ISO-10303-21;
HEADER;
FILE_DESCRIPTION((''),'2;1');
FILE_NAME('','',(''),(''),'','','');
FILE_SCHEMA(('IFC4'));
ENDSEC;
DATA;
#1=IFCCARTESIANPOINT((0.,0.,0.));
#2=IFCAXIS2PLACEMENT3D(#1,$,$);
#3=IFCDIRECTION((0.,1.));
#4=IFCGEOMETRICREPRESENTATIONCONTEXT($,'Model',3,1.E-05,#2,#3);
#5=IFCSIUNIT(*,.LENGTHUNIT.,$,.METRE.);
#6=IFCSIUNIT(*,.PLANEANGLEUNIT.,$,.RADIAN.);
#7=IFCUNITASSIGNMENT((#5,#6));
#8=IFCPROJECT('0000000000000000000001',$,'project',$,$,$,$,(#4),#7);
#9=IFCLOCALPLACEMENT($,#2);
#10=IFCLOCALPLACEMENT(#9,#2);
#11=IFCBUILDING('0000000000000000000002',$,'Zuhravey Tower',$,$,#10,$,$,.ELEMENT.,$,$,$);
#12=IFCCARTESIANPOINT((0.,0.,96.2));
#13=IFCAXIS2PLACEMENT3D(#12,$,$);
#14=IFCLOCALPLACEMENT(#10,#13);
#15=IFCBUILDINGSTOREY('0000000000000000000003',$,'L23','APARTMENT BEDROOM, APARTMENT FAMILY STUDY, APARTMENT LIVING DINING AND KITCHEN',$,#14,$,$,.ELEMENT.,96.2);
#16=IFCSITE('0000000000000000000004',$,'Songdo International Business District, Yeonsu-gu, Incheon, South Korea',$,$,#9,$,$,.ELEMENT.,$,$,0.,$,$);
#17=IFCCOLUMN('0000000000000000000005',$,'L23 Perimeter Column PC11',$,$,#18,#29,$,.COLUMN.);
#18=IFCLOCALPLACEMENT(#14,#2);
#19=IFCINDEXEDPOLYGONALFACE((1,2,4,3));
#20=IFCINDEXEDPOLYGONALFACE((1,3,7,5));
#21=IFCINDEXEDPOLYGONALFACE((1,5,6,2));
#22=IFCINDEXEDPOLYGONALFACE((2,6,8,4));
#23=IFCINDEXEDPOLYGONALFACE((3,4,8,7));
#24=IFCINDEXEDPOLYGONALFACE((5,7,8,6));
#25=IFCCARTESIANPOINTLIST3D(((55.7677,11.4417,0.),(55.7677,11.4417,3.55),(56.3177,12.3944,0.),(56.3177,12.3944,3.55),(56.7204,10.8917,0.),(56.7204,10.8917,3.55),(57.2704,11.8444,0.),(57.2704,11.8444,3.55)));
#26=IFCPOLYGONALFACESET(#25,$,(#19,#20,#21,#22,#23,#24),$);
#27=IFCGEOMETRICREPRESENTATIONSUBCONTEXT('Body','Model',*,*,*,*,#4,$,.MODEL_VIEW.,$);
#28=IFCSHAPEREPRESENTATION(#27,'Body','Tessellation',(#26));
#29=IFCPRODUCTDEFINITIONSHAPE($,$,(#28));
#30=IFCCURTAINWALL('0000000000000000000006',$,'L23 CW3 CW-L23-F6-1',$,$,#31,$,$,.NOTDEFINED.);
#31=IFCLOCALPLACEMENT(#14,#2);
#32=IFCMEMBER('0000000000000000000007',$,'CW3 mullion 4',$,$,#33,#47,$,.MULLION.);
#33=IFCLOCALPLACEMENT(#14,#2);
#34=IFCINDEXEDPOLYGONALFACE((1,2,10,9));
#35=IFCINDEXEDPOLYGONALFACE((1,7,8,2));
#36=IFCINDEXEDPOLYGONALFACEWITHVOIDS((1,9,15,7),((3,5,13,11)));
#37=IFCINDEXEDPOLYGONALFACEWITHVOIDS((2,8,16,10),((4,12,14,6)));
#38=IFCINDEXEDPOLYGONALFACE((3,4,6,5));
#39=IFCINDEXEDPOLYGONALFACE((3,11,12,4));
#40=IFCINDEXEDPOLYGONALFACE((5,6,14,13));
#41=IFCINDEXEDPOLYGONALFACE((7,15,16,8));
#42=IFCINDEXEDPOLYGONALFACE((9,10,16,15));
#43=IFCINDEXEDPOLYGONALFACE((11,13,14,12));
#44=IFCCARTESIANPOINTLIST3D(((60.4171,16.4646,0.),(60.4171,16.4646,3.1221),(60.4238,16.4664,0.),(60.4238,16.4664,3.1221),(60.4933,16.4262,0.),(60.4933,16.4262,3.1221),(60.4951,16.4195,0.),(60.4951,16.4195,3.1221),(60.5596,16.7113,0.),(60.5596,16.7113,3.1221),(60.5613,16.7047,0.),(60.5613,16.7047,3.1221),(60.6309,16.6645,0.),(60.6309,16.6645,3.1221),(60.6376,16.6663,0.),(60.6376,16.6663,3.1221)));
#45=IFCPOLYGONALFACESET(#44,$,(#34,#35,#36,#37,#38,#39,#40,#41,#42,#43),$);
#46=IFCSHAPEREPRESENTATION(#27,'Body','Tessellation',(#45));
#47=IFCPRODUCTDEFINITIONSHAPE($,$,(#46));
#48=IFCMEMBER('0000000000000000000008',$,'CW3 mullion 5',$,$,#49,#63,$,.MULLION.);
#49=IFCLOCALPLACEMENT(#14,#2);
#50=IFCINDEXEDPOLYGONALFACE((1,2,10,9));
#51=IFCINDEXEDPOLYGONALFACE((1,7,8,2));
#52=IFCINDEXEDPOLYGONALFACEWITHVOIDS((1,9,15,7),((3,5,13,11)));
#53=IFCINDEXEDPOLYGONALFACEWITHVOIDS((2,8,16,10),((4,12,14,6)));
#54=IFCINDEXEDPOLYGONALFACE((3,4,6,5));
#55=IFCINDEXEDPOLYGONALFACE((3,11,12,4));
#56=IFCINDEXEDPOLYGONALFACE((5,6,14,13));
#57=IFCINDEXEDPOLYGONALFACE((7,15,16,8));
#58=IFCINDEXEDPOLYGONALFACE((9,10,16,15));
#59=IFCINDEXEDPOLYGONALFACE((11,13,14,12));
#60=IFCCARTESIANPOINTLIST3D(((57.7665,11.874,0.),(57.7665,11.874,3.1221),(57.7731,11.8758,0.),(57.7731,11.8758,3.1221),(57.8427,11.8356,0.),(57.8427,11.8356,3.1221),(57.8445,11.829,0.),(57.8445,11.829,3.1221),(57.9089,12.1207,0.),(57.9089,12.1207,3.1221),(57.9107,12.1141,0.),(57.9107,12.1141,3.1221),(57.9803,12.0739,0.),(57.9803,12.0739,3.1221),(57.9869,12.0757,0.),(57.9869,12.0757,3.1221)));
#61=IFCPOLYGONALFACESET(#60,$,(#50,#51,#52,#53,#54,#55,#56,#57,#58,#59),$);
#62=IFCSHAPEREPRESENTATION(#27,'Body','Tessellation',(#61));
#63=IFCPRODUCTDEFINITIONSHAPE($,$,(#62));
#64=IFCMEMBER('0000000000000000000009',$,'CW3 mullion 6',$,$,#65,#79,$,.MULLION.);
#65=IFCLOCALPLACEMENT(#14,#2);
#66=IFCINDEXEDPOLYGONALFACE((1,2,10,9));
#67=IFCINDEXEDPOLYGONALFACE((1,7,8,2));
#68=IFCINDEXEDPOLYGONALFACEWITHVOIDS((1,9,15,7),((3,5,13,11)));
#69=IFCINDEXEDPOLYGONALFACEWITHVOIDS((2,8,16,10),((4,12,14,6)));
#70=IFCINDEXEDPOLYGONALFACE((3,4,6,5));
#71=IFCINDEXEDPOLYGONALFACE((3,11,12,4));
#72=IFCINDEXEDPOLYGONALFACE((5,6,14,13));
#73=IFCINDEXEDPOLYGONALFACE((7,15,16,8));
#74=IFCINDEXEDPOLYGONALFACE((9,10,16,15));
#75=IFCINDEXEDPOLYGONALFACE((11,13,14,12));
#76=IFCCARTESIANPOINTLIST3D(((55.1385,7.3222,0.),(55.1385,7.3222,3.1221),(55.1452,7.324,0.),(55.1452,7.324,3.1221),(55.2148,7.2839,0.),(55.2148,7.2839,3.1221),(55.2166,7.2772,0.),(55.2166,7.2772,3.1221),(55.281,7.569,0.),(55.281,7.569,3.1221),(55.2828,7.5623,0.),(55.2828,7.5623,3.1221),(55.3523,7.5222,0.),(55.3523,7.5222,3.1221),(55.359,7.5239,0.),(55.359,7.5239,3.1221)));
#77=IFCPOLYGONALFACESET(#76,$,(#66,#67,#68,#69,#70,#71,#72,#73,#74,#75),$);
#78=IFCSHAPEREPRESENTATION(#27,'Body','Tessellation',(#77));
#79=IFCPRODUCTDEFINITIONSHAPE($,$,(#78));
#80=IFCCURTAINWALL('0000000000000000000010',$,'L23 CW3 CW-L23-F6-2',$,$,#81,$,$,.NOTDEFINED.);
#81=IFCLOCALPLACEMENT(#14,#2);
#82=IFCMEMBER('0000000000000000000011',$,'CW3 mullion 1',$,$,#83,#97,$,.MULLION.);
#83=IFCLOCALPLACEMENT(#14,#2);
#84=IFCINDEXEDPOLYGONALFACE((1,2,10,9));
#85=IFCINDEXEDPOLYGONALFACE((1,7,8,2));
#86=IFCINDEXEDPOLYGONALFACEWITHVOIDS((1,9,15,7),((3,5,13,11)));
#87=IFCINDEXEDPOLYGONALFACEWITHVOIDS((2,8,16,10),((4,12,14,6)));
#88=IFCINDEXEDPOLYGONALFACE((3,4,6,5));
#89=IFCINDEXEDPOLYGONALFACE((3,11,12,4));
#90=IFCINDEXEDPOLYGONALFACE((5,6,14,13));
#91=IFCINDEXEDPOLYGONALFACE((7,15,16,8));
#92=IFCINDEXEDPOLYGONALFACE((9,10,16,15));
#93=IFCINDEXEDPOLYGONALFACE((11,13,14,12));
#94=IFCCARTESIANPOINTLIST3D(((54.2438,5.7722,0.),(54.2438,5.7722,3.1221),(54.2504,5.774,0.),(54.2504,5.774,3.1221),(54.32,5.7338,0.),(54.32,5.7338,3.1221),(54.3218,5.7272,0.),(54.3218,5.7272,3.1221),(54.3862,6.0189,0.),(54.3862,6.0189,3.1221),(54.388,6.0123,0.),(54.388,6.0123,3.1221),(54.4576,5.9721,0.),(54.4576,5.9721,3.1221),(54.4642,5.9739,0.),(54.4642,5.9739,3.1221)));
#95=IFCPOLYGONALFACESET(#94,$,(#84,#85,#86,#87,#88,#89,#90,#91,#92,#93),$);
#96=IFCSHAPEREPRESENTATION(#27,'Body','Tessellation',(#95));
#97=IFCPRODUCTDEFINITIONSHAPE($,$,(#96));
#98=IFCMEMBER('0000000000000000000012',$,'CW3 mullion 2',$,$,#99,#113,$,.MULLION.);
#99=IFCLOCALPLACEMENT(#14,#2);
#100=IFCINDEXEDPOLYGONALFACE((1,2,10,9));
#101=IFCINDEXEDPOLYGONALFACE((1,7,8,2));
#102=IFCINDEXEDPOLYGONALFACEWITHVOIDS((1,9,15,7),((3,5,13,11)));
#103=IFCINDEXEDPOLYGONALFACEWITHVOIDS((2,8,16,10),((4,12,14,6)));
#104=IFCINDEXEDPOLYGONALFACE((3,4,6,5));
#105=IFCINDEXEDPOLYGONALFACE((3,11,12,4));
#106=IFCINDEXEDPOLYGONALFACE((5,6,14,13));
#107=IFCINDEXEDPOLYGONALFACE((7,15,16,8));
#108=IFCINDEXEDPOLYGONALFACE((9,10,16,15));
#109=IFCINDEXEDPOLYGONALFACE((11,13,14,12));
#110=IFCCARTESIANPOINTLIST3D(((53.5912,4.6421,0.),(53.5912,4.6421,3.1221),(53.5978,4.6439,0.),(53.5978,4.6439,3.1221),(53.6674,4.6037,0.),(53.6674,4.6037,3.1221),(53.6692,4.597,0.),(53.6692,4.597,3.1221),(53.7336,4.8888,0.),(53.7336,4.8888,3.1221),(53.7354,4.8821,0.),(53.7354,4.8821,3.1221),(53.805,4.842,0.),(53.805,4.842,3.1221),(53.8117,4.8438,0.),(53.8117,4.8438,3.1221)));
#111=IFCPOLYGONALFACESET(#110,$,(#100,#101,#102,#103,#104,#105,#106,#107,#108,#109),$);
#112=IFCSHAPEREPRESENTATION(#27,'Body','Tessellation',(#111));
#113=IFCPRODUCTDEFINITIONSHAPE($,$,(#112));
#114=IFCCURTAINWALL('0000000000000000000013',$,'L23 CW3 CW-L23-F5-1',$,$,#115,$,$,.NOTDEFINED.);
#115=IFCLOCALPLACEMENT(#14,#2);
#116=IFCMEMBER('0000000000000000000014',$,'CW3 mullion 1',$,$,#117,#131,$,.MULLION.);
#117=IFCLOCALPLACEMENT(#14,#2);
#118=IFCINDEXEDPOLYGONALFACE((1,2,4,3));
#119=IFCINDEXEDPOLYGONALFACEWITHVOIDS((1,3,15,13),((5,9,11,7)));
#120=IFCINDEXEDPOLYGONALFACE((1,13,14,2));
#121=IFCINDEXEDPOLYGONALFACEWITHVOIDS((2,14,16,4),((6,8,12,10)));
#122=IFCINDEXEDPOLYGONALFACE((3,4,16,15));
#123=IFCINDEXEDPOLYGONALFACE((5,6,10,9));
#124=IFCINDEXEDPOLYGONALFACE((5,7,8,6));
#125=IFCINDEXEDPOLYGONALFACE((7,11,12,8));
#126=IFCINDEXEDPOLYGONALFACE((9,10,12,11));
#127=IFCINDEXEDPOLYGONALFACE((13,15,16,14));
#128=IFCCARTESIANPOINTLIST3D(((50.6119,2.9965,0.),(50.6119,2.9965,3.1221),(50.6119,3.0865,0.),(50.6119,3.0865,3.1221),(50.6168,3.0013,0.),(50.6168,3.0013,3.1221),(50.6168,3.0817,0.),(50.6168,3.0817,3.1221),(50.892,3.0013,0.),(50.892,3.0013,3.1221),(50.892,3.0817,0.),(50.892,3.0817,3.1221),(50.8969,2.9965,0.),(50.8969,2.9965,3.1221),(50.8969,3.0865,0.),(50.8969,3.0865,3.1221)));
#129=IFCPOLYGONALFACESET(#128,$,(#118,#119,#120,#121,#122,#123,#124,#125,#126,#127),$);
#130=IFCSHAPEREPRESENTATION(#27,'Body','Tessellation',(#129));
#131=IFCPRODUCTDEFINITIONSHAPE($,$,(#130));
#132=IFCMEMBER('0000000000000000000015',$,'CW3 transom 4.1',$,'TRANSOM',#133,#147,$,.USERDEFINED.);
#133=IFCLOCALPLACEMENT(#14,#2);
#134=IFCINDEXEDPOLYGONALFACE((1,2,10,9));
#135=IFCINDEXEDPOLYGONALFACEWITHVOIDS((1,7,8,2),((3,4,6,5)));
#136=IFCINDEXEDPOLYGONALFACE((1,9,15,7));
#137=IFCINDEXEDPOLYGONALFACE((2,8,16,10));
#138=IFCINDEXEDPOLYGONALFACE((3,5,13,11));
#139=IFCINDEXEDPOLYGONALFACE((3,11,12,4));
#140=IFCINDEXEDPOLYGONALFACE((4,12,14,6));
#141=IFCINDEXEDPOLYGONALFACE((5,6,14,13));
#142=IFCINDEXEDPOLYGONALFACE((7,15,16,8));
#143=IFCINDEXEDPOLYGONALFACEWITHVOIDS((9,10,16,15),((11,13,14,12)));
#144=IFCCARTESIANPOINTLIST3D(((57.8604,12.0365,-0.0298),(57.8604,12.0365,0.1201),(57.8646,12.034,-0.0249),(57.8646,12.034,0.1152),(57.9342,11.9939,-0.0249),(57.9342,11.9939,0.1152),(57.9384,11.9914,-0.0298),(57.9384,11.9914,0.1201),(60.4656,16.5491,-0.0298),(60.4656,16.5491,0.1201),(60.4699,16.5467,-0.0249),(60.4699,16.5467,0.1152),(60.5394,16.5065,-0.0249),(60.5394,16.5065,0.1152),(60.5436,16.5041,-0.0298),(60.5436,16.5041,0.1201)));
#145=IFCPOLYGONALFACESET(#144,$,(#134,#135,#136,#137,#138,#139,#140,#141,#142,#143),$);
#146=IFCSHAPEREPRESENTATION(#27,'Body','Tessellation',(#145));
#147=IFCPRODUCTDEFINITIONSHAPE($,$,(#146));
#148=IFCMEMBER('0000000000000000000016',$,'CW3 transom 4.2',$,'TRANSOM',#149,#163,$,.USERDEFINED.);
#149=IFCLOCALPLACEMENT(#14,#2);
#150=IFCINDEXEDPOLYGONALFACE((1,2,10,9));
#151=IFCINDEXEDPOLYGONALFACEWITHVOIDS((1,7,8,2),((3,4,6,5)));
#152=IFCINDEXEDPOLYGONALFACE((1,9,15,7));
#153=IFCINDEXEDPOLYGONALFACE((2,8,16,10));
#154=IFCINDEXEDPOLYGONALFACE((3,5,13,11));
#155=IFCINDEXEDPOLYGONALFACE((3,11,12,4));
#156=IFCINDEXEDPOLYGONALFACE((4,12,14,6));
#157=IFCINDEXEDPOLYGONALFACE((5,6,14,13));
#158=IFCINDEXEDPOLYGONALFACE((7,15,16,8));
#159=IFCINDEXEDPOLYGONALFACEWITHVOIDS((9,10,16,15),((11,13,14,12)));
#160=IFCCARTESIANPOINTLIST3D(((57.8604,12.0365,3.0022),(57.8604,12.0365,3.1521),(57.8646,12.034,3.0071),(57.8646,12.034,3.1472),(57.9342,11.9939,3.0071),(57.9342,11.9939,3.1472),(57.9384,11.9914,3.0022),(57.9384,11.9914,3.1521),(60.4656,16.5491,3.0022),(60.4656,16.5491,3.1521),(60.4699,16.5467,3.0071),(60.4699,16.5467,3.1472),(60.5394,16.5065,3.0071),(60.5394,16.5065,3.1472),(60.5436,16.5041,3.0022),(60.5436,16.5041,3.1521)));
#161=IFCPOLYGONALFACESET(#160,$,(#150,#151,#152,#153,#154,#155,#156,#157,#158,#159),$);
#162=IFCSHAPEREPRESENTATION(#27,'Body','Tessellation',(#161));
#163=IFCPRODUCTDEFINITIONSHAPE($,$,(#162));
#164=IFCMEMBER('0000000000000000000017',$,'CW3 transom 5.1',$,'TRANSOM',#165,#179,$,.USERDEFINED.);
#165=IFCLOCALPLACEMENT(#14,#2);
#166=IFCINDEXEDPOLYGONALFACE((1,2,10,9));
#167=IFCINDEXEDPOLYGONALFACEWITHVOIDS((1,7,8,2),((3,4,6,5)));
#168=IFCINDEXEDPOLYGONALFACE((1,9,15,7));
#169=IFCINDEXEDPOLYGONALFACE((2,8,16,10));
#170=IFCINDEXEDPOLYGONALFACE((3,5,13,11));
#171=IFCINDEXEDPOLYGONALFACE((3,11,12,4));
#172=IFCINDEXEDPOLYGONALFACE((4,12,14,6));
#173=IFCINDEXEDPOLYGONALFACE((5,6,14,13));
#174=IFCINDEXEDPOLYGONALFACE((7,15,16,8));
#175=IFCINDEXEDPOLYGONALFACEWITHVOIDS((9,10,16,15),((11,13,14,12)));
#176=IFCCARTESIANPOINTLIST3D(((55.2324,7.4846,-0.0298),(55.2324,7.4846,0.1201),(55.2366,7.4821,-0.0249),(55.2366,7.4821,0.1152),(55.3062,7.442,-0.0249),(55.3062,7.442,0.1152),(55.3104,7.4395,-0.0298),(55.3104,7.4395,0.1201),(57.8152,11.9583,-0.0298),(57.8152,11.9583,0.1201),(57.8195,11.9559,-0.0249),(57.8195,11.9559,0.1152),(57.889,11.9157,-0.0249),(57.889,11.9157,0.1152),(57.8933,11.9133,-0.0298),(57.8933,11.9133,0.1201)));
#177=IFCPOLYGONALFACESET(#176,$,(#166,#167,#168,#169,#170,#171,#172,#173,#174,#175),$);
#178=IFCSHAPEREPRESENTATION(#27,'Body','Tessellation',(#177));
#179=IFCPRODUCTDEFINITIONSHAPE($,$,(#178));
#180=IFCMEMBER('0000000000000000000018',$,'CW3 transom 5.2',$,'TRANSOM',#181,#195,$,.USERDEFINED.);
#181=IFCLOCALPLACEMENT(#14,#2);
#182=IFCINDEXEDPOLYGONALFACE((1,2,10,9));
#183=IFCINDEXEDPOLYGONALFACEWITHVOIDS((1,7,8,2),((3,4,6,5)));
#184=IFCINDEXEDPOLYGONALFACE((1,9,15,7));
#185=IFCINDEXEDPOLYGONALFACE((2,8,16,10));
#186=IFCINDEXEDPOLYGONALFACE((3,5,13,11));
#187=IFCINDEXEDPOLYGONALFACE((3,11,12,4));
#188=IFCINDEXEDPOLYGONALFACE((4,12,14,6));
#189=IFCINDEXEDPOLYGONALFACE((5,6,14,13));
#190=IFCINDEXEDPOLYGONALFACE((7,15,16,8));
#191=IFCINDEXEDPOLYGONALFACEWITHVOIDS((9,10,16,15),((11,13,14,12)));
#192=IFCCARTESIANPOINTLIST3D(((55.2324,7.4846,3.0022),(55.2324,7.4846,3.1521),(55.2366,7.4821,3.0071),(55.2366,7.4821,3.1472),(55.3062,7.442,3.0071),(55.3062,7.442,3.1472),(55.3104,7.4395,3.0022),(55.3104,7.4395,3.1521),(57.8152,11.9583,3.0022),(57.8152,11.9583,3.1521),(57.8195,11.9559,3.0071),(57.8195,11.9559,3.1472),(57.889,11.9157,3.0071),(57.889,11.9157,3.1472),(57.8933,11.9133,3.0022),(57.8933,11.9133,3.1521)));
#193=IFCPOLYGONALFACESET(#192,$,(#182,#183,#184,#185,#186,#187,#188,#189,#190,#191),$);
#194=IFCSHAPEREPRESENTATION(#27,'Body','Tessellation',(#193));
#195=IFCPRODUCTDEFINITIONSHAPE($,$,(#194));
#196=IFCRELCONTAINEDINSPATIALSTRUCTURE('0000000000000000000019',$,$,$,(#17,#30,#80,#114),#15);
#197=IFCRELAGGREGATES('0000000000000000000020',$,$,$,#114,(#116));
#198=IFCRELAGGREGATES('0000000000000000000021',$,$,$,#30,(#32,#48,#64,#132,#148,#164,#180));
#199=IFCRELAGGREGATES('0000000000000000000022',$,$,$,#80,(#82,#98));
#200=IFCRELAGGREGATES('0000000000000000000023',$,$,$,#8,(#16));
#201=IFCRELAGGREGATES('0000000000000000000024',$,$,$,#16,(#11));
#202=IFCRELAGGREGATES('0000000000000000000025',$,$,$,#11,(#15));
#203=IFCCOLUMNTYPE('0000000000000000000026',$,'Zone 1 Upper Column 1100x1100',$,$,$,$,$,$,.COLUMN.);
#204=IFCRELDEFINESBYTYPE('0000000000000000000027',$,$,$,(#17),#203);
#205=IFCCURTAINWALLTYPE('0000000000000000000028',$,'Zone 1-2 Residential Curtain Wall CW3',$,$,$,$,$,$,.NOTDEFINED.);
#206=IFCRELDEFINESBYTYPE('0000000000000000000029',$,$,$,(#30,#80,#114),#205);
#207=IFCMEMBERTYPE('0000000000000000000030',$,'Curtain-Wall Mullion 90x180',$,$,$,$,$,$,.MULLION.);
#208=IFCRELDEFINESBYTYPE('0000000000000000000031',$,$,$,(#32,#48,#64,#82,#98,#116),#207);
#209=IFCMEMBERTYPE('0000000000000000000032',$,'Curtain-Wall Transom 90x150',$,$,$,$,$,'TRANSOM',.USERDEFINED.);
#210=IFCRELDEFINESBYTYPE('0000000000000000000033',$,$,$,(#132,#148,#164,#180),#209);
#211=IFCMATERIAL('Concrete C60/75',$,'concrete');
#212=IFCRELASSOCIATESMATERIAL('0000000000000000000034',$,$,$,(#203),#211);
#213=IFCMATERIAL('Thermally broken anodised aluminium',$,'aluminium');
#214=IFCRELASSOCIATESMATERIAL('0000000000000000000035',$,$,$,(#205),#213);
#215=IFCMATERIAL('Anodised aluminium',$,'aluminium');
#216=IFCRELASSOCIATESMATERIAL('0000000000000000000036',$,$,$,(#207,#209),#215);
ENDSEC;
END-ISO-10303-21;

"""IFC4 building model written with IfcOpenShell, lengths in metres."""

from ifc_helpers import new_model, si_unit, direction, frame, origin, origin_2d, place, context, subcontext, project, spatial, rectangle, hollow_rectangle, extrude, material, material_profile, profile_set, type_object, element, aggregate, save


model = new_model("IFC4")

# Units and contexts
model_context = context("Model", 3, precision=1e-05, world=origin(), true_north=direction((0.0, 1.0)))
body_context = subcontext(model_context, "Body", "Model", "MODEL_VIEW")
ifc_project = project(units=[si_unit("LENGTHUNIT", "METRE"), si_unit("PLANEANGLEUNIT", "RADIAN")], contexts=[model_context])

# Site, building, storey
site_placement = place(None, origin())
site = spatial("IfcSite", under=ifc_project, at=site_placement, Name="Songdo International Business District, Yeonsu-gu, Incheon, South Korea", CompositionType="ELEMENT", RefElevation=0.0)
building_placement = place(site_placement, origin())
building = spatial("IfcBuilding", under=site, at=building_placement, Name="Zuhravey Tower", CompositionType="ELEMENT")
storey_placement = place(building_placement, frame((0.0, 0.0, 96.2)))
storey = spatial("IfcBuildingStorey", under=building, at=storey_placement, Name="L23", Description="APARTMENT BEDROOM, APARTMENT FAMILY STUDY, APARTMENT LIVING DINING AND KITCHEN", CompositionType="ELEMENT", Elevation=96.2)

# Column
ifc_material_1 = material(Name="Concrete C60/75", Category="concrete")
ifc_material_profile_1 = material_profile(ifc_material_1, rectangle(XDim=1.1001, YDim=1.1001, at=origin_2d()), Name="RC-1100x1100")
ifc_profile_set_1 = profile_set([ifc_material_profile_1], Name="Concrete C60/75")
column_type = type_object("IfcColumnType", Name="Zone 1 Upper Column 1100x1100", PredefinedType="COLUMN", material=ifc_profile_set_1)
column_placement = place(storey_placement, frame((56.519, 11.6431, 0.0), z_axis=(0.0, 0.0, 1.0), x_axis=(0.5, 0.866025, 0.0)))
element("IfcColumn", 1, at=column_placement, inside=storey, type_object=column_type, Name="L23 Perimeter Column PC11", PredefinedType="COLUMN", context=body_context, shape_type="SweptSolid", body=[
    extrude(rectangle(XDim=1.1001, YDim=1.1001, at=origin_2d()), origin(), (0.0, 0.0, 1.0), 3.55),
])

# Curtain walls, members
ifc_material_2 = material(Name="Thermally broken anodised aluminium", Category="aluminium")
curtain_wall_type = type_object("IfcCurtainWallType", Name="Zone 1-2 Residential Curtain Wall CW3", PredefinedType="NOTDEFINED", material=ifc_material_2)
curtain_wall_1_placement = place(storey_placement, origin())
curtain_wall_1 = element("IfcCurtainWall", 2, at=curtain_wall_1_placement, inside=storey, type_object=curtain_wall_type, Name="L23 CW3 CW-L23-F6-1", PredefinedType="NOTDEFINED")
ifc_material_3 = material(Name="Anodised aluminium", Category="aluminium")
ifc_material_profile_2 = material_profile(ifc_material_3, hollow_rectangle(XDim=0.0901, YDim=0.2849, WallThickness=0.0049, at=origin_2d()), Name="ALU-RHS-90x285x5")
ifc_profile_set_2 = profile_set([ifc_material_profile_2], Name="Anodised aluminium")
member_type_1 = type_object("IfcMemberType", Name="Curtain-Wall Mullion 90x180", PredefinedType="MULLION", material=ifc_profile_set_2)
member_1_placement = place(storey_placement, frame((60.5273, 16.5654, 0.0), z_axis=(0.0, 0.0, 1.0), x_axis=(0.866025, -0.5, 0.0)))
member_1 = element("IfcMember", 3, at=member_1_placement, type_object=member_type_1, Name="CW3 mullion 4", PredefinedType="MULLION", context=body_context, shape_type="SweptSolid", body=[
    extrude(hollow_rectangle(XDim=0.0901, YDim=0.2849, WallThickness=0.0049, at=origin_2d()), origin(), (0.0, 0.0, 1.0), 3.1221),
])
member_2_placement = place(storey_placement, frame((57.8767, 11.9749, 0.0), z_axis=(0.0, 0.0, 1.0), x_axis=(0.866025, -0.5, 0.0)))
member_2 = element("IfcMember", 4, at=member_2_placement, type_object=member_type_1, Name="CW3 mullion 5", PredefinedType="MULLION", context=body_context, shape_type="SweptSolid", body=[
    extrude(hollow_rectangle(XDim=0.0901, YDim=0.2849, WallThickness=0.0049, at=origin_2d()), origin(), (0.0, 0.0, 1.0), 3.1221),
])
member_3_placement = place(storey_placement, frame((55.2488, 7.4231, 0.0), z_axis=(0.0, 0.0, 1.0), x_axis=(0.866025, -0.5, 0.0)))
member_3 = element("IfcMember", 5, at=member_3_placement, type_object=member_type_1, Name="CW3 mullion 6", PredefinedType="MULLION", context=body_context, shape_type="SweptSolid", body=[
    extrude(hollow_rectangle(XDim=0.0901, YDim=0.2849, WallThickness=0.0049, at=origin_2d()), origin(), (0.0, 0.0, 1.0), 3.1221),
])
curtain_wall_2_placement = place(storey_placement, origin())
curtain_wall_2 = element("IfcCurtainWall", 6, at=curtain_wall_2_placement, inside=storey, type_object=curtain_wall_type, Name="L23 CW3 CW-L23-F6-2", PredefinedType="NOTDEFINED")
member_4_placement = place(storey_placement, frame((54.354, 5.873, 0.0), z_axis=(0.0, 0.0, 1.0), x_axis=(0.86602, -0.50001, 0.0)))
member_4 = element("IfcMember", 7, at=member_4_placement, type_object=member_type_1, Name="CW3 mullion 1", PredefinedType="MULLION", context=body_context, shape_type="SweptSolid", body=[
    extrude(hollow_rectangle(XDim=0.0901, YDim=0.2849, WallThickness=0.0049, at=origin_2d()), origin(), (0.0, 0.0, 1.0), 3.1221),
])
member_5_placement = place(storey_placement, frame((53.7014, 4.7429, 0.0), z_axis=(0.0, 0.0, 1.0), x_axis=(0.86602, -0.50001, 0.0)))
member_5 = element("IfcMember", 8, at=member_5_placement, type_object=member_type_1, Name="CW3 mullion 2", PredefinedType="MULLION", context=body_context, shape_type="SweptSolid", body=[
    extrude(hollow_rectangle(XDim=0.0901, YDim=0.2849, WallThickness=0.0049, at=origin_2d()), origin(), (0.0, 0.0, 1.0), 3.1221),
])

# Curtain wall, member
curtain_wall_3_placement = place(storey_placement, origin())
curtain_wall_3 = element("IfcCurtainWall", 9, at=curtain_wall_3_placement, inside=storey, type_object=curtain_wall_type, Name="L23 CW3 CW-L23-F5-1", PredefinedType="NOTDEFINED")
member_6_placement = place(storey_placement, frame((50.7544, 3.0415, 0.0), z_axis=(0.0, 0.0, 1.0), x_axis=(0.0, -1.0, 0.0)))
member_6 = element("IfcMember", 10, at=member_6_placement, type_object=member_type_1, Name="CW3 mullion 1", PredefinedType="MULLION", context=body_context, shape_type="SweptSolid", body=[
    extrude(hollow_rectangle(XDim=0.0901, YDim=0.2849, WallThickness=0.0049, at=origin_2d()), origin(), (0.0, 0.0, 1.0), 3.1221),
])

# Members
ifc_material_profile_3 = material_profile(ifc_material_3, hollow_rectangle(XDim=0.0901, YDim=0.1499, WallThickness=0.0049, at=origin_2d()), Name="ALU-RHS-90x150x5")
ifc_profile_set_3 = profile_set([ifc_material_profile_3], Name="Anodised aluminium")
member_type_2 = type_object("IfcMemberType", Name="Curtain-Wall Transom 90x150", ElementType="TRANSOM", PredefinedType="USERDEFINED", material=ifc_profile_set_3)
member_7_placement = place(storey_placement, frame((60.5046, 16.5266, 0.0452), z_axis=(-0.499974, -0.86604, 0.0), x_axis=(0.86604, -0.499974, 0.0)))
member_7 = element("IfcMember", 11, at=member_7_placement, type_object=member_type_2, Name="CW3 transom 4.1", ObjectType="TRANSOM", PredefinedType="USERDEFINED", context=body_context, shape_type="SweptSolid", body=[
    extrude(hollow_rectangle(XDim=0.0901, YDim=0.1499, WallThickness=0.0049, at=origin_2d()), origin(), (0.0, 0.0, 1.0), 5.2107),
])
member_8_placement = place(storey_placement, frame((60.5046, 16.5266, 3.0771), z_axis=(-0.499974, -0.86604, 0.0), x_axis=(0.86604, -0.499974, 0.0)))
member_8 = element("IfcMember", 12, at=member_8_placement, type_object=member_type_2, Name="CW3 transom 4.2", ObjectType="TRANSOM", PredefinedType="USERDEFINED", context=body_context, shape_type="SweptSolid", body=[
    extrude(hollow_rectangle(XDim=0.0901, YDim=0.1499, WallThickness=0.0049, at=origin_2d()), origin(), (0.0, 0.0, 1.0), 5.2107),
])
member_9_placement = place(storey_placement, frame((57.8542, 11.9358, 0.0452), z_axis=(-0.499987, -0.866033, 0.0), x_axis=(0.866033, -0.499987, 0.0)))
member_9 = element("IfcMember", 13, at=member_9_placement, type_object=member_type_2, Name="CW3 transom 5.1", ObjectType="TRANSOM", PredefinedType="USERDEFINED", context=body_context, shape_type="SweptSolid", body=[
    extrude(hollow_rectangle(XDim=0.0901, YDim=0.1499, WallThickness=0.0049, at=origin_2d()), origin(), (0.0, 0.0, 1.0), 5.1658),
])
member_10_placement = place(storey_placement, frame((57.8542, 11.9358, 3.0771), z_axis=(-0.499987, -0.866033, 0.0), x_axis=(0.866033, -0.499987, 0.0)))
member_10 = element("IfcMember", 14, at=member_10_placement, type_object=member_type_2, Name="CW3 transom 5.2", ObjectType="TRANSOM", PredefinedType="USERDEFINED", context=body_context, shape_type="SweptSolid", body=[
    extrude(hollow_rectangle(XDim=0.0901, YDim=0.1499, WallThickness=0.0049, at=origin_2d()), origin(), (0.0, 0.0, 1.0), 5.1658),
])
aggregate(curtain_wall_3, [member_6])

aggregate(curtain_wall_1, [member_1, member_2, member_3, member_7, member_8, member_9, member_10])
aggregate(curtain_wall_2, [member_4, member_5])

save(model, "model.ifc")
